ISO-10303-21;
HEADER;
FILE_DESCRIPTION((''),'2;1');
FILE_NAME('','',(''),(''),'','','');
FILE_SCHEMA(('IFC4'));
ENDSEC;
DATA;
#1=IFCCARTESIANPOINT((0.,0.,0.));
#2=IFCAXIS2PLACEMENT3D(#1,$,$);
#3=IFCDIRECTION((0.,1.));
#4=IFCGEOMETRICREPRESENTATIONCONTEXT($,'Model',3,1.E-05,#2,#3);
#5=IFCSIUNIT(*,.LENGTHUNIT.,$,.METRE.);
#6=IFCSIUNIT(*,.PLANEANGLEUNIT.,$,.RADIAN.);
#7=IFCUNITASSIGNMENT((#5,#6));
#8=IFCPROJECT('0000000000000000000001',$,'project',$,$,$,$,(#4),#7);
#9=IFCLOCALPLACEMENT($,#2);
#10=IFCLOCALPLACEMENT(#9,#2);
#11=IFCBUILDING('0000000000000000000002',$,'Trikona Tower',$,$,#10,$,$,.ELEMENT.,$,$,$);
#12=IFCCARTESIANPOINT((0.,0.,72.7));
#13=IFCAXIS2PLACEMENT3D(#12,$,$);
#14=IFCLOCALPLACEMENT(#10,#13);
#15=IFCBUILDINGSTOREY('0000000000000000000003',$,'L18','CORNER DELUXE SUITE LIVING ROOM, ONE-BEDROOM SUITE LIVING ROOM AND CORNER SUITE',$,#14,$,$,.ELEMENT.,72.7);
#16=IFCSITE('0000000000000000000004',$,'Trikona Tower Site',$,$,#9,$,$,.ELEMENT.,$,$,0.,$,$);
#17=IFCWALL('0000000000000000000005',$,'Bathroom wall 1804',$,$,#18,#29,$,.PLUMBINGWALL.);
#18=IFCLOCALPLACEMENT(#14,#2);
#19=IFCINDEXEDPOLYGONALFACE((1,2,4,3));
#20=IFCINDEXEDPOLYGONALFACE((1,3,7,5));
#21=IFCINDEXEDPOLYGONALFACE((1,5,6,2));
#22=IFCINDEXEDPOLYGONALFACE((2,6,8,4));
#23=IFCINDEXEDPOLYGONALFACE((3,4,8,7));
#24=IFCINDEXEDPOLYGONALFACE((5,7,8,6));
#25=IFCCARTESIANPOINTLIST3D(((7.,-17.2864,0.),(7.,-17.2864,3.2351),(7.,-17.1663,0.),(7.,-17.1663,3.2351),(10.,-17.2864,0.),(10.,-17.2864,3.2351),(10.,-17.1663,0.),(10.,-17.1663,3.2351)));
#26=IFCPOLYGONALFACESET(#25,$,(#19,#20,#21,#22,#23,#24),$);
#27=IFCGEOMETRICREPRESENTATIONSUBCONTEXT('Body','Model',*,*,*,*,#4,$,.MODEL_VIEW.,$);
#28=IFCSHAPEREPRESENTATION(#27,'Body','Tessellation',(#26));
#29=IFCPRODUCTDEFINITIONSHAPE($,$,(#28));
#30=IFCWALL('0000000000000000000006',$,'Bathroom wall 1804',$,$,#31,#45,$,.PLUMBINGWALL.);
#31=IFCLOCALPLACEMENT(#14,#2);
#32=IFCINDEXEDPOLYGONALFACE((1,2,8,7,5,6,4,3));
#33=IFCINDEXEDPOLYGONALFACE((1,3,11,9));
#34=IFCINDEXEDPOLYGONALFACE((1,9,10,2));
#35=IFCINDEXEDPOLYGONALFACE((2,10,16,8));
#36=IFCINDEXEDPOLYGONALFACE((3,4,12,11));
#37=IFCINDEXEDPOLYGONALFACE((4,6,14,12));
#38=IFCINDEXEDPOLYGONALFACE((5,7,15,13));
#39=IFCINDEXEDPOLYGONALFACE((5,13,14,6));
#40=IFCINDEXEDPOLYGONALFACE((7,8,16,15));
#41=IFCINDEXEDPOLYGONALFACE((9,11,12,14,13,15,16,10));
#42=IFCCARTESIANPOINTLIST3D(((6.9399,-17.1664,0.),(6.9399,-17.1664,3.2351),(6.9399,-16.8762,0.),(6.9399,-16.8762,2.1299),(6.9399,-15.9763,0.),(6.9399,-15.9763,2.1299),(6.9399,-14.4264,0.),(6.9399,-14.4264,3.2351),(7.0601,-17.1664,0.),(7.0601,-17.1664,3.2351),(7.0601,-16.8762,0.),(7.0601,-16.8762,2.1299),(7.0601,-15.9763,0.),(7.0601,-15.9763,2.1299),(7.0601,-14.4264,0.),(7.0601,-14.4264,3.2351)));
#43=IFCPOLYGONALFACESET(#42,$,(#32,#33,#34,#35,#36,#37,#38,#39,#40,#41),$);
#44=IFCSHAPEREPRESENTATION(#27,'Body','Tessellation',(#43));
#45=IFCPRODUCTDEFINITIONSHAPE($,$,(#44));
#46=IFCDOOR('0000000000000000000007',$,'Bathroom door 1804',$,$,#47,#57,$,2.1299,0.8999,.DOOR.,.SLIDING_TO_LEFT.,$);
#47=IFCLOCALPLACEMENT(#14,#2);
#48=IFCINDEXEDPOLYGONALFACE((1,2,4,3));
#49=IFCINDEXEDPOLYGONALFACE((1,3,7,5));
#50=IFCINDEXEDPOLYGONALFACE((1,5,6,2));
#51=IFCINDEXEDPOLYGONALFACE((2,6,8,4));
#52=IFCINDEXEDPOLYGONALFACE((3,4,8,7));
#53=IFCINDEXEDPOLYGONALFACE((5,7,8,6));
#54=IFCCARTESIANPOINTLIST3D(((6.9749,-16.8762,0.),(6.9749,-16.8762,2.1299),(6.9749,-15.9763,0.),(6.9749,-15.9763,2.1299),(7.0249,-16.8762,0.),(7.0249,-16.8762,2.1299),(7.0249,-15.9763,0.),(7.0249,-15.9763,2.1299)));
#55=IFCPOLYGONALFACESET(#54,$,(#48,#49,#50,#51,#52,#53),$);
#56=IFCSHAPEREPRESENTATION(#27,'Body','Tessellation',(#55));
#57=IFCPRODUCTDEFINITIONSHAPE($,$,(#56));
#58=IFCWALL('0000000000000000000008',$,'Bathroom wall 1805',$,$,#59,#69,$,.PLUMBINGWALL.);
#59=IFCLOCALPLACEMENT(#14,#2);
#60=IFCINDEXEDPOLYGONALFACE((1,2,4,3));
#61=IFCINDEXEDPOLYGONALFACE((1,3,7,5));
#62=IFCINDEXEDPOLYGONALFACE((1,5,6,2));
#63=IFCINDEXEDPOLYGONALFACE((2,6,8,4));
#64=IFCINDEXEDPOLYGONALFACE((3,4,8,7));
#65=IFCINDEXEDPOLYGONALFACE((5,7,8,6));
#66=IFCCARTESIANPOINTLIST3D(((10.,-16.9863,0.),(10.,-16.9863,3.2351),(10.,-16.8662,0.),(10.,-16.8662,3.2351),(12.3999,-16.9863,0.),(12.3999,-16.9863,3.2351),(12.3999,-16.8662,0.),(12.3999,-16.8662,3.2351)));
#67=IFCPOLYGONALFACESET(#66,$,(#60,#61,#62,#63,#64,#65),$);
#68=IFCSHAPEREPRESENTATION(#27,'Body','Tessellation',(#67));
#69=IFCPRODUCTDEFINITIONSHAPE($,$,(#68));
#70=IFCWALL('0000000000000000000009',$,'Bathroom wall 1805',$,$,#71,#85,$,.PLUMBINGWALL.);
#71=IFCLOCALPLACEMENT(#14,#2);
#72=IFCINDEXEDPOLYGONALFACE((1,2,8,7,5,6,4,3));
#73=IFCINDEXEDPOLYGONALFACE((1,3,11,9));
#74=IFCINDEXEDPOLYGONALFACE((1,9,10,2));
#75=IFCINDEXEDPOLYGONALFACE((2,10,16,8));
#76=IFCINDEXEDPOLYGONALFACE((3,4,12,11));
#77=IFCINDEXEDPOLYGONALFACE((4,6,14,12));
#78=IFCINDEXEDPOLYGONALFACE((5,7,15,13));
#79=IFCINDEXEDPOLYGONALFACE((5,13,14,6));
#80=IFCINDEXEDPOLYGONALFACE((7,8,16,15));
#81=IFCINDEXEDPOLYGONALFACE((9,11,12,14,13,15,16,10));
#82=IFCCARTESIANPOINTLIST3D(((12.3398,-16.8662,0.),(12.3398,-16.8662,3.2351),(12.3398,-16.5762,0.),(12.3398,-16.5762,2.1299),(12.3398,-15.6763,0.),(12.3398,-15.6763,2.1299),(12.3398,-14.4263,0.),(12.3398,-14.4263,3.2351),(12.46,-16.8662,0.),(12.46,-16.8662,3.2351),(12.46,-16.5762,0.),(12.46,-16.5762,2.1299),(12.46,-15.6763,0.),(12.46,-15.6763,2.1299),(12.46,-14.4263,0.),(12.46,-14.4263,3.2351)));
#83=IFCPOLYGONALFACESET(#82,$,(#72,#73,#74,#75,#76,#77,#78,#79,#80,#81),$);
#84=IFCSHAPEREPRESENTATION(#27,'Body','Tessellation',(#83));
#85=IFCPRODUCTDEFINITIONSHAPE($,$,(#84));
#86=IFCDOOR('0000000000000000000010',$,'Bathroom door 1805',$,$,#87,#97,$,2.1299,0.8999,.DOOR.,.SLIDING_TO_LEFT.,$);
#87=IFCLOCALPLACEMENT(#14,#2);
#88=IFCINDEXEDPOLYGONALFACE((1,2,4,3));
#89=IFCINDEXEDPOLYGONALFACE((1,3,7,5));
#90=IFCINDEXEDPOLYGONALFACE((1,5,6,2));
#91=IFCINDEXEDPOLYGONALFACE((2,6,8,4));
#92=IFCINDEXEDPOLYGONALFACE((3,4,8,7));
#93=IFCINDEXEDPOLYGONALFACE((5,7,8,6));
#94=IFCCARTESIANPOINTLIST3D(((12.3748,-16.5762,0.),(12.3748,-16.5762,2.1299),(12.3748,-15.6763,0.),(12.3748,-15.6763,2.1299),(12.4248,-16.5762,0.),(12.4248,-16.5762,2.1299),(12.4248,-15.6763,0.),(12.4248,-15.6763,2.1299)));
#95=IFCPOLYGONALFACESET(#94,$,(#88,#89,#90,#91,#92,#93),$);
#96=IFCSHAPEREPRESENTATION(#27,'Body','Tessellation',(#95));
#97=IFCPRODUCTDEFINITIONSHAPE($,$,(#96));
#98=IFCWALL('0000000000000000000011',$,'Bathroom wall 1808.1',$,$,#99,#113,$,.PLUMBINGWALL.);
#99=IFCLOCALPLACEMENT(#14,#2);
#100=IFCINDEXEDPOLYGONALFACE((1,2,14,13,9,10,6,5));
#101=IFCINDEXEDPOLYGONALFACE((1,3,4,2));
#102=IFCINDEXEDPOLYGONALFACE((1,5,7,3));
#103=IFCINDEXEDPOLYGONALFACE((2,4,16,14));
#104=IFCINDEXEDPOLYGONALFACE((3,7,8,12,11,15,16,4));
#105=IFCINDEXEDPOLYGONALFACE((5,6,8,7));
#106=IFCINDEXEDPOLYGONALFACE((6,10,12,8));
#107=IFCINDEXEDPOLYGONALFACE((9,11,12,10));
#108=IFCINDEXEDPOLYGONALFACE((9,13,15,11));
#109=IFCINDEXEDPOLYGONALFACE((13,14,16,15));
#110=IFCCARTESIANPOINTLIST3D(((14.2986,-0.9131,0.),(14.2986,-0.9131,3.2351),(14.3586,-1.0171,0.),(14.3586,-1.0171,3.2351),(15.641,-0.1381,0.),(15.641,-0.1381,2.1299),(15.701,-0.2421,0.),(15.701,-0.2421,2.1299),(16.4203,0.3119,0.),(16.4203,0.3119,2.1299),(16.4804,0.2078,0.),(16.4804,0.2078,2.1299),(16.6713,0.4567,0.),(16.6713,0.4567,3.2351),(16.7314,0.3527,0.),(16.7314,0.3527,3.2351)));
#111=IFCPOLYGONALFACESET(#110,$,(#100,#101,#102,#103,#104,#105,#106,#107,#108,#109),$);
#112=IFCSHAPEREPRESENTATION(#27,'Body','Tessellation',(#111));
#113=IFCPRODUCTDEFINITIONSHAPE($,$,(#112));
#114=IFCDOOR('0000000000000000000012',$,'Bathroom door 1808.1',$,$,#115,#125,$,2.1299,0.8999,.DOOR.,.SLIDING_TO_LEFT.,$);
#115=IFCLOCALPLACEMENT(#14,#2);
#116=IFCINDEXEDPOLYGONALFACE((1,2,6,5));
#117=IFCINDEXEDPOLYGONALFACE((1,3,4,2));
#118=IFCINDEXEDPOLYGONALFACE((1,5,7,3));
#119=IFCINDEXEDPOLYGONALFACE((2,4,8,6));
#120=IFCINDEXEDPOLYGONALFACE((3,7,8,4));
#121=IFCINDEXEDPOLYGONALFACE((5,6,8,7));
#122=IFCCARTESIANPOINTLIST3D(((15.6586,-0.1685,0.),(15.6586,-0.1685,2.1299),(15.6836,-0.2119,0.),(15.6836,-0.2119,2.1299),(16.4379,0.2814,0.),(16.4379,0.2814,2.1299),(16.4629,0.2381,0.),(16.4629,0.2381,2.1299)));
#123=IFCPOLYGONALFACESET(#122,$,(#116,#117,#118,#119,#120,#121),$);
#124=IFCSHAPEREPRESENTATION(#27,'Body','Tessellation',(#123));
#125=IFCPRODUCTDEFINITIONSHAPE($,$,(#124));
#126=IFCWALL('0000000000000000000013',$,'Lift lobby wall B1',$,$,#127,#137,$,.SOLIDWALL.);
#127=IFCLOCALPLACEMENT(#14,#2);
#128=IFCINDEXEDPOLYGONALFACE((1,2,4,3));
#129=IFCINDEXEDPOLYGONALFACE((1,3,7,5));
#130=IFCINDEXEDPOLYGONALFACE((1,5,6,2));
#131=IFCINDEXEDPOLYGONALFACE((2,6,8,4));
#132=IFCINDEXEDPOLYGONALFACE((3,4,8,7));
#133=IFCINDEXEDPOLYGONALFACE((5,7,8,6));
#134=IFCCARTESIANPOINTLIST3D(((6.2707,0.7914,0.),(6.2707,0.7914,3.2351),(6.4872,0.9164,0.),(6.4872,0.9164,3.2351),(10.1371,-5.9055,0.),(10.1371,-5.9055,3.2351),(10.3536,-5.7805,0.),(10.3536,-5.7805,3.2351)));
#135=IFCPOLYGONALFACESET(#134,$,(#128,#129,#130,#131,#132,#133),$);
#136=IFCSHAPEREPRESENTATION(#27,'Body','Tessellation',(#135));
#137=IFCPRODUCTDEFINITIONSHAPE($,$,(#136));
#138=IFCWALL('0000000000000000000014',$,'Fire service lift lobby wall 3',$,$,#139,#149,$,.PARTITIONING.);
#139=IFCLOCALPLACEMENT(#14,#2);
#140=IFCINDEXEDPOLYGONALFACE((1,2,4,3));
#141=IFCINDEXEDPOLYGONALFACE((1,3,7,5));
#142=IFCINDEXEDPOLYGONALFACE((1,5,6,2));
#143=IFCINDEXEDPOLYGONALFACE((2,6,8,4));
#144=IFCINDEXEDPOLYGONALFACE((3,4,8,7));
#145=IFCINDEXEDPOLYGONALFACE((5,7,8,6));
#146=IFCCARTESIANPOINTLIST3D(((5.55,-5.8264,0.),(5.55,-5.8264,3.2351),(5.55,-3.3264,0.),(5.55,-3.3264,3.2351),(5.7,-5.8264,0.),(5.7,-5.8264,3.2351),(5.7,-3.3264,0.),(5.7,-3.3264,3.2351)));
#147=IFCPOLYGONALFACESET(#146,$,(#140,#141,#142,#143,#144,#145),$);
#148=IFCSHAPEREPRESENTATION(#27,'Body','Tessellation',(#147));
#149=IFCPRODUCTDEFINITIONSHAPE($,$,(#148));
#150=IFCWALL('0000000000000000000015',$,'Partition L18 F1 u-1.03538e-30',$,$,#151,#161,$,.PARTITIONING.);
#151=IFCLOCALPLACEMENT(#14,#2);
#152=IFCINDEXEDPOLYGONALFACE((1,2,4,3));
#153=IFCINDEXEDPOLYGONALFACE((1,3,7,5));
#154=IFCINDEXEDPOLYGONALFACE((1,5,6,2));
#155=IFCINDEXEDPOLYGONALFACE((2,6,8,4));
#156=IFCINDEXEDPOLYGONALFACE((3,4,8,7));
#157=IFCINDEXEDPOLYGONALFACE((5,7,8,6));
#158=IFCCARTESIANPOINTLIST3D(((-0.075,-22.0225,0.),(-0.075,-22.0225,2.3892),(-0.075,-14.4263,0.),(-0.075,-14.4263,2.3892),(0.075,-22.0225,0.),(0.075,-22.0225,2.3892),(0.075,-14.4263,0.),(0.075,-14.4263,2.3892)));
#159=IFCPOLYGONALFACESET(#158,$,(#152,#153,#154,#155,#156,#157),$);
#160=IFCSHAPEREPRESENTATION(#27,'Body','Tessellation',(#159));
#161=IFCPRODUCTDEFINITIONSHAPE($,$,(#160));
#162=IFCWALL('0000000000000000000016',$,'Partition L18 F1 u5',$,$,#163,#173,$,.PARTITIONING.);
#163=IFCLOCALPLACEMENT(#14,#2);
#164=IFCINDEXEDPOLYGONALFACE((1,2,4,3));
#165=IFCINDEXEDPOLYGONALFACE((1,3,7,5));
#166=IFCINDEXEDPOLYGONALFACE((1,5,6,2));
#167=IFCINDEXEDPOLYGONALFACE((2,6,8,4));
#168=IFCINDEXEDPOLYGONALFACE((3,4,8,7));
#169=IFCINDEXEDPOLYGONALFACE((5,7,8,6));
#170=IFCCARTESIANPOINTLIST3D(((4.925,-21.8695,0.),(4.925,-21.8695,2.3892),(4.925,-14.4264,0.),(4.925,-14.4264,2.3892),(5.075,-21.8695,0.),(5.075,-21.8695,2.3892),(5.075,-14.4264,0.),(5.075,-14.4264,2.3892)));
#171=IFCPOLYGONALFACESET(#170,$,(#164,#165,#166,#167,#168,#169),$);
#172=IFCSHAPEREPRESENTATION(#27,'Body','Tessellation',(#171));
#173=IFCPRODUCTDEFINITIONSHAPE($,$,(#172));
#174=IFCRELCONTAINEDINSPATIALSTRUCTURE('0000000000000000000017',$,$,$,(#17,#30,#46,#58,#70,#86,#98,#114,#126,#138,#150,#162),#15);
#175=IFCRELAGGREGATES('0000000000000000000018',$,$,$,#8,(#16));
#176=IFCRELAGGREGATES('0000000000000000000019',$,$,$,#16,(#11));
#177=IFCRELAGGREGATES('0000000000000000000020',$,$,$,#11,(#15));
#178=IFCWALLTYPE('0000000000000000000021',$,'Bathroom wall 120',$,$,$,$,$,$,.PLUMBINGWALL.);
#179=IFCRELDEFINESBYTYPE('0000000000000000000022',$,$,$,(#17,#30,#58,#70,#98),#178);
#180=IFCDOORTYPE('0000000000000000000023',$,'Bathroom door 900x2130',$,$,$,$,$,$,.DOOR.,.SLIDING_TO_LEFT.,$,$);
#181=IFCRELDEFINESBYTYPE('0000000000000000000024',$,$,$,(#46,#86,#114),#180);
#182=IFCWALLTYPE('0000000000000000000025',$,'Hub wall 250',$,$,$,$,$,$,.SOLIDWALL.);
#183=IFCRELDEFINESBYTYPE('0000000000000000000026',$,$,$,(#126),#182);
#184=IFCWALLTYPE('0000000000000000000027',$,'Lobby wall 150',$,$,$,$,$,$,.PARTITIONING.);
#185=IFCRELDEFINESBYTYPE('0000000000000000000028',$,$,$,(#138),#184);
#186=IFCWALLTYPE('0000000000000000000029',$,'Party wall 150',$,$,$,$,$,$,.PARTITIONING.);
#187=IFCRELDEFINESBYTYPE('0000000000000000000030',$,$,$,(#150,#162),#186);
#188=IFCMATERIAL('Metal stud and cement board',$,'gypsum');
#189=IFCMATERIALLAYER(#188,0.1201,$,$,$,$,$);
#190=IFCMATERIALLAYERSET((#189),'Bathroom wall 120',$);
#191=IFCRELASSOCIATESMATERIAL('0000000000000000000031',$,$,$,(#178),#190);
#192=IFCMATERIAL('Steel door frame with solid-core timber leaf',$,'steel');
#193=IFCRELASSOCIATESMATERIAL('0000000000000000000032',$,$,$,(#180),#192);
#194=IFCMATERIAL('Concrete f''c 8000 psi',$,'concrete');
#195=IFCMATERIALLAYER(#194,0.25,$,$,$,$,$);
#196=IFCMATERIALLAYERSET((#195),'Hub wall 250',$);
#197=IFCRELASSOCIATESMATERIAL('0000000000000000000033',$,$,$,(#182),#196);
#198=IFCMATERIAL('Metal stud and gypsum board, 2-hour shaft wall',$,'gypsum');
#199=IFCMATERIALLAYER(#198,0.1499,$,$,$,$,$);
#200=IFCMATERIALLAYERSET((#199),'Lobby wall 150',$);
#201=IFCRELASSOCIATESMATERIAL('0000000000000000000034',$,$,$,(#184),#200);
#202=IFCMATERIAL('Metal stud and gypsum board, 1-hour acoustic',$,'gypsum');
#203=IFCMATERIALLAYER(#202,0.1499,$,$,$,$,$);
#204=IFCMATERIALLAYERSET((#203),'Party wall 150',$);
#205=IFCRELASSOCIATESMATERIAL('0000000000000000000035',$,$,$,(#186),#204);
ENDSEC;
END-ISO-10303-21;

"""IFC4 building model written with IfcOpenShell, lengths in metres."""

from ifc_helpers import new_model, si_unit, direction, frame, frame_2d, origin, place, context, subcontext, project, spatial, rectangle, extrude, material, layer, layer_set, type_object, element, fill, save


model = new_model("IFC4")

# Units and contexts
model_context = context("Model", 3, precision=1e-05, world=origin(), true_north=direction((0.0, 1.0)))
body_context = subcontext(model_context, "Body", "Model", "MODEL_VIEW")
ifc_project = project(units=[si_unit("LENGTHUNIT", "METRE"), si_unit("PLANEANGLEUNIT", "RADIAN")], contexts=[model_context])

# Site, building, storey
site_placement = place(None, origin())
site = spatial("IfcSite", under=ifc_project, at=site_placement, Name="Trikona Tower Site", CompositionType="ELEMENT", RefElevation=0.0)
building_placement = place(site_placement, origin())
building = spatial("IfcBuilding", under=site, at=building_placement, Name="Trikona Tower", CompositionType="ELEMENT")
storey_placement = place(building_placement, frame((0.0, 0.0, 72.7)))
storey = spatial("IfcBuildingStorey", under=building, at=storey_placement, Name="L18", Description="CORNER DELUXE SUITE LIVING ROOM, ONE-BEDROOM SUITE LIVING ROOM AND CORNER SUITE", CompositionType="ELEMENT", Elevation=72.7)

# Wall
ifc_material_1 = material(Name="Metal stud and cement board", Category="gypsum")
ifc_layer_1 = layer(ifc_material_1, 0.1201)
ifc_layer_set_1 = layer_set([ifc_layer_1], Name="Bathroom wall 120")
wall_type_1 = type_object("IfcWallType", Name="Bathroom wall 120", PredefinedType="PLUMBINGWALL", material=ifc_layer_set_1)
wall_1_placement = place(storey_placement, frame((7.0, -17.2263, 0.0), z_axis=(0.0, 0.0, 1.0), x_axis=(1.0, 0.0, 0.0)))
element("IfcWall", 1, at=wall_1_placement, inside=storey, type_object=wall_type_1, Name="Bathroom wall 1804", PredefinedType="PLUMBINGWALL", context=body_context, shape_type="SweptSolid", body=[
    extrude(rectangle(XDim=3.0, YDim=0.1201, at=frame_2d((1.5, 0.0))), origin(), (0.0, 0.0, 1.0), 3.2351),
])

# Wall, opening, door
wall_2_placement = place(storey_placement, frame((7.0, -14.4263, 0.0), z_axis=(0.0, 0.0, 1.0), x_axis=(0.0, -1.0, 0.0)))
wall_2 = element("IfcWall", 2, at=wall_2_placement, inside=storey, type_object=wall_type_1, Name="Bathroom wall 1804", PredefinedType="PLUMBINGWALL", context=body_context, shape_type="SweptSolid", body=[
    extrude(rectangle(XDim=2.74, YDim=0.1201, at=frame_2d((1.3701, 0.0))), origin(), (0.0, 0.0, 1.0), 3.2351),
])
opening_1_placement = place(wall_2_placement, frame((1.55, 0.0, 0.0)))
opening_1 = element("IfcOpeningElement", 3, at=opening_1_placement, cuts=wall_2, PredefinedType="OPENING", context=body_context, shape_type="SweptSolid", body=[
    extrude(rectangle(XDim=0.8999, YDim=2.1299, at=frame_2d((0.45, 1.0649))), frame((0.0, 0.0701, 0.0), z_axis=(0.0, -1.0, 0.0), x_axis=(1.0, 0.0, 0.0)), (0.0, 0.0, 1.0), 0.1401),
])
ifc_material_2 = material(Name="Steel door frame with solid-core timber leaf", Category="steel")
door_type_1 = type_object("IfcDoorType", Name="Bathroom door 900x2130", OperationType="SLIDING_TO_LEFT", PredefinedType="DOOR", material=ifc_material_2)
door_1_placement = place(opening_1_placement, origin())
door_1 = element("IfcDoor", 4, at=door_1_placement, inside=storey, type_object=door_type_1, Name="Bathroom door 1804", OperationType="SLIDING_TO_LEFT", OverallHeight=2.1299, OverallWidth=0.8999, PredefinedType="DOOR", context=body_context, shape_type="SweptSolid", body=[
    extrude(rectangle(XDim=0.8999, YDim=2.1299, at=frame_2d((0.45, 1.0649))), frame((0.0, 0.0249, 0.0), z_axis=(0.0, -1.0, 0.0), x_axis=(1.0, 0.0, 0.0)), (0.0, 0.0, 1.0), 0.05),
])
fill(opening_1, door_1)

# Wall
wall_3_placement = place(storey_placement, frame((10.0, -16.9263, 0.0), z_axis=(0.0, 0.0, 1.0), x_axis=(1.0, 0.0, 0.0)))
element("IfcWall", 5, at=wall_3_placement, inside=storey, type_object=wall_type_1, Name="Bathroom wall 1805", PredefinedType="PLUMBINGWALL", context=body_context, shape_type="SweptSolid", body=[
    extrude(rectangle(XDim=2.3999, YDim=0.1201, at=frame_2d((1.2, 0.0))), origin(), (0.0, 0.0, 1.0), 3.2351),
])

# Walls, openings, doors
wall_4_placement = place(storey_placement, frame((12.3999, -14.4263, 0.0), z_axis=(0.0, 0.0, 1.0), x_axis=(0.0, -1.0, 0.0)))
wall_4 = element("IfcWall", 6, at=wall_4_placement, inside=storey, type_object=wall_type_1, Name="Bathroom wall 1805", PredefinedType="PLUMBINGWALL", context=body_context, shape_type="SweptSolid", body=[
    extrude(rectangle(XDim=2.4399, YDim=0.1201, at=frame_2d((1.22, 0.0))), origin(), (0.0, 0.0, 1.0), 3.2351),
])
opening_2_placement = place(wall_4_placement, frame((1.25, 0.0, 0.0)))
opening_2 = element("IfcOpeningElement", 7, at=opening_2_placement, cuts=wall_4, PredefinedType="OPENING", context=body_context, shape_type="SweptSolid", body=[
    extrude(rectangle(XDim=0.8999, YDim=2.1299, at=frame_2d((0.45, 1.0649))), frame((0.0, 0.0701, 0.0), z_axis=(0.0, -1.0, 0.0), x_axis=(1.0, 0.0, 0.0)), (0.0, 0.0, 1.0), 0.1401),
])
door_2_placement = place(opening_2_placement, origin())
door_2 = element("IfcDoor", 8, at=door_2_placement, inside=storey, type_object=door_type_1, Name="Bathroom door 1805", OperationType="SLIDING_TO_LEFT", OverallHeight=2.1299, OverallWidth=0.8999, PredefinedType="DOOR", context=body_context, shape_type="SweptSolid", body=[
    extrude(rectangle(XDim=0.8999, YDim=2.1299, at=frame_2d((0.45, 1.0649))), frame((0.0, 0.0249, 0.0), z_axis=(0.0, -1.0, 0.0), x_axis=(1.0, 0.0, 0.0)), (0.0, 0.0, 1.0), 0.05),
])
fill(opening_2, door_2)
wall_5_placement = place(storey_placement, frame((14.3286, -0.9651, 0.0), z_axis=(0.0, 0.0, 1.0), x_axis=(0.866036, 0.499982, 0.0)))
wall_5 = element("IfcWall", 9, at=wall_5_placement, inside=storey, type_object=wall_type_1, Name="Bathroom wall 1808.1", PredefinedType="PLUMBINGWALL", context=body_context, shape_type="SweptSolid", body=[
    extrude(rectangle(XDim=2.7397, YDim=0.1201, at=frame_2d((1.3699, 0.0))), origin(), (0.0, 0.0, 1.0), 3.2351),
])
opening_3_placement = place(wall_5_placement, frame((1.55, 0.0, 0.0)))
opening_3 = element("IfcOpeningElement", 10, at=opening_3_placement, cuts=wall_5, PredefinedType="OPENING", context=body_context, shape_type="SweptSolid", body=[
    extrude(rectangle(XDim=0.8999, YDim=2.1299, at=frame_2d((0.45, 1.0649))), frame((0.0, 0.0701, 0.0), z_axis=(0.0, -1.0, 0.0), x_axis=(1.0, 0.0, 0.0)), (0.0, 0.0, 1.0), 0.1401),
])
door_3_placement = place(opening_3_placement, origin())
door_3 = element("IfcDoor", 11, at=door_3_placement, inside=storey, type_object=door_type_1, Name="Bathroom door 1808.1", OperationType="SLIDING_TO_LEFT", OverallHeight=2.1299, OverallWidth=0.8999, PredefinedType="DOOR", context=body_context, shape_type="SweptSolid", body=[
    extrude(rectangle(XDim=0.8999, YDim=2.1299, at=frame_2d((0.45, 1.0649))), frame((0.0, 0.0249, 0.0), z_axis=(0.0, -1.0, 0.0), x_axis=(1.0, 0.0, 0.0)), (0.0, 0.0, 1.0), 0.05),
])
fill(opening_3, door_3)

# Walls
ifc_material_3 = material(Name="Concrete f'c 8000 psi", Category="concrete")
ifc_layer_2 = layer(ifc_material_3, 0.25)
ifc_layer_set_2 = layer_set([ifc_layer_2], Name="Hub wall 250")
wall_type_2 = type_object("IfcWallType", Name="Hub wall 250", PredefinedType="SOLIDWALL", material=ifc_layer_set_2)
wall_6_placement = place(storey_placement, frame((10.2454, -5.843, 0.0), z_axis=(0.0, 0.0, 1.0), x_axis=(-0.499993, 0.866029, 0.0)))
element("IfcWall", 12, at=wall_6_placement, inside=storey, type_object=wall_type_2, Name="Lift lobby wall B1", PredefinedType="SOLIDWALL", context=body_context, shape_type="SweptSolid", body=[
    extrude(rectangle(XDim=7.7329, YDim=0.25, at=frame_2d((3.8665, 0.0))), origin(), (0.0, 0.0, 1.0), 3.2351),
])
ifc_material_4 = material(Name="Metal stud and gypsum board, 2-hour shaft wall", Category="gypsum")
ifc_layer_3 = layer(ifc_material_4, 0.1499)
ifc_layer_set_3 = layer_set([ifc_layer_3], Name="Lobby wall 150")
wall_type_3 = type_object("IfcWallType", Name="Lobby wall 150", PredefinedType="PARTITIONING", material=ifc_layer_set_3)
wall_7_placement = place(storey_placement, frame((5.625, -5.8264, 0.0), z_axis=(0.0, 0.0, 1.0), x_axis=(0.0, 1.0, 0.0)))
element("IfcWall", 13, at=wall_7_placement, inside=storey, type_object=wall_type_3, Name="Fire service lift lobby wall 3", PredefinedType="PARTITIONING", context=body_context, shape_type="SweptSolid", body=[
    extrude(rectangle(XDim=2.5, YDim=0.1499, at=frame_2d((1.25, 0.0))), origin(), (0.0, 0.0, 1.0), 3.2351),
])
ifc_material_5 = material(Name="Metal stud and gypsum board, 1-hour acoustic", Category="gypsum")
ifc_layer_4 = layer(ifc_material_5, 0.1499)
ifc_layer_set_4 = layer_set([ifc_layer_4], Name="Party wall 150")
wall_type_4 = type_object("IfcWallType", Name="Party wall 150", PredefinedType="PARTITIONING", material=ifc_layer_set_4)
wall_8_placement = place(storey_placement, frame((0.0, -14.4263, 0.0), z_axis=(0.0, 0.0, 1.0), x_axis=(0.0, -1.0, 0.0)))
element("IfcWall", 14, at=wall_8_placement, inside=storey, type_object=wall_type_4, Name="Partition L18 F1 u-1.03538e-30", PredefinedType="PARTITIONING", context=body_context, shape_type="SweptSolid", body=[
    extrude(rectangle(XDim=7.5962, YDim=0.1499, at=frame_2d((3.7981, 0.0))), origin(), (0.0, 0.0, 1.0), 2.3892),
])
wall_9_placement = place(storey_placement, frame((5.0, -14.4263, 0.0), z_axis=(0.0, 0.0, 1.0), x_axis=(0.0, -1.0, 0.0)))
element("IfcWall", 15, at=wall_9_placement, inside=storey, type_object=wall_type_4, Name="Partition L18 F1 u5", PredefinedType="PARTITIONING", context=body_context, shape_type="SweptSolid", body=[
    extrude(rectangle(XDim=7.4431, YDim=0.1499, at=frame_2d((3.7217, 0.0))), origin(), (0.0, 0.0, 1.0), 2.3892),
])

save(model, "model.ifc")
